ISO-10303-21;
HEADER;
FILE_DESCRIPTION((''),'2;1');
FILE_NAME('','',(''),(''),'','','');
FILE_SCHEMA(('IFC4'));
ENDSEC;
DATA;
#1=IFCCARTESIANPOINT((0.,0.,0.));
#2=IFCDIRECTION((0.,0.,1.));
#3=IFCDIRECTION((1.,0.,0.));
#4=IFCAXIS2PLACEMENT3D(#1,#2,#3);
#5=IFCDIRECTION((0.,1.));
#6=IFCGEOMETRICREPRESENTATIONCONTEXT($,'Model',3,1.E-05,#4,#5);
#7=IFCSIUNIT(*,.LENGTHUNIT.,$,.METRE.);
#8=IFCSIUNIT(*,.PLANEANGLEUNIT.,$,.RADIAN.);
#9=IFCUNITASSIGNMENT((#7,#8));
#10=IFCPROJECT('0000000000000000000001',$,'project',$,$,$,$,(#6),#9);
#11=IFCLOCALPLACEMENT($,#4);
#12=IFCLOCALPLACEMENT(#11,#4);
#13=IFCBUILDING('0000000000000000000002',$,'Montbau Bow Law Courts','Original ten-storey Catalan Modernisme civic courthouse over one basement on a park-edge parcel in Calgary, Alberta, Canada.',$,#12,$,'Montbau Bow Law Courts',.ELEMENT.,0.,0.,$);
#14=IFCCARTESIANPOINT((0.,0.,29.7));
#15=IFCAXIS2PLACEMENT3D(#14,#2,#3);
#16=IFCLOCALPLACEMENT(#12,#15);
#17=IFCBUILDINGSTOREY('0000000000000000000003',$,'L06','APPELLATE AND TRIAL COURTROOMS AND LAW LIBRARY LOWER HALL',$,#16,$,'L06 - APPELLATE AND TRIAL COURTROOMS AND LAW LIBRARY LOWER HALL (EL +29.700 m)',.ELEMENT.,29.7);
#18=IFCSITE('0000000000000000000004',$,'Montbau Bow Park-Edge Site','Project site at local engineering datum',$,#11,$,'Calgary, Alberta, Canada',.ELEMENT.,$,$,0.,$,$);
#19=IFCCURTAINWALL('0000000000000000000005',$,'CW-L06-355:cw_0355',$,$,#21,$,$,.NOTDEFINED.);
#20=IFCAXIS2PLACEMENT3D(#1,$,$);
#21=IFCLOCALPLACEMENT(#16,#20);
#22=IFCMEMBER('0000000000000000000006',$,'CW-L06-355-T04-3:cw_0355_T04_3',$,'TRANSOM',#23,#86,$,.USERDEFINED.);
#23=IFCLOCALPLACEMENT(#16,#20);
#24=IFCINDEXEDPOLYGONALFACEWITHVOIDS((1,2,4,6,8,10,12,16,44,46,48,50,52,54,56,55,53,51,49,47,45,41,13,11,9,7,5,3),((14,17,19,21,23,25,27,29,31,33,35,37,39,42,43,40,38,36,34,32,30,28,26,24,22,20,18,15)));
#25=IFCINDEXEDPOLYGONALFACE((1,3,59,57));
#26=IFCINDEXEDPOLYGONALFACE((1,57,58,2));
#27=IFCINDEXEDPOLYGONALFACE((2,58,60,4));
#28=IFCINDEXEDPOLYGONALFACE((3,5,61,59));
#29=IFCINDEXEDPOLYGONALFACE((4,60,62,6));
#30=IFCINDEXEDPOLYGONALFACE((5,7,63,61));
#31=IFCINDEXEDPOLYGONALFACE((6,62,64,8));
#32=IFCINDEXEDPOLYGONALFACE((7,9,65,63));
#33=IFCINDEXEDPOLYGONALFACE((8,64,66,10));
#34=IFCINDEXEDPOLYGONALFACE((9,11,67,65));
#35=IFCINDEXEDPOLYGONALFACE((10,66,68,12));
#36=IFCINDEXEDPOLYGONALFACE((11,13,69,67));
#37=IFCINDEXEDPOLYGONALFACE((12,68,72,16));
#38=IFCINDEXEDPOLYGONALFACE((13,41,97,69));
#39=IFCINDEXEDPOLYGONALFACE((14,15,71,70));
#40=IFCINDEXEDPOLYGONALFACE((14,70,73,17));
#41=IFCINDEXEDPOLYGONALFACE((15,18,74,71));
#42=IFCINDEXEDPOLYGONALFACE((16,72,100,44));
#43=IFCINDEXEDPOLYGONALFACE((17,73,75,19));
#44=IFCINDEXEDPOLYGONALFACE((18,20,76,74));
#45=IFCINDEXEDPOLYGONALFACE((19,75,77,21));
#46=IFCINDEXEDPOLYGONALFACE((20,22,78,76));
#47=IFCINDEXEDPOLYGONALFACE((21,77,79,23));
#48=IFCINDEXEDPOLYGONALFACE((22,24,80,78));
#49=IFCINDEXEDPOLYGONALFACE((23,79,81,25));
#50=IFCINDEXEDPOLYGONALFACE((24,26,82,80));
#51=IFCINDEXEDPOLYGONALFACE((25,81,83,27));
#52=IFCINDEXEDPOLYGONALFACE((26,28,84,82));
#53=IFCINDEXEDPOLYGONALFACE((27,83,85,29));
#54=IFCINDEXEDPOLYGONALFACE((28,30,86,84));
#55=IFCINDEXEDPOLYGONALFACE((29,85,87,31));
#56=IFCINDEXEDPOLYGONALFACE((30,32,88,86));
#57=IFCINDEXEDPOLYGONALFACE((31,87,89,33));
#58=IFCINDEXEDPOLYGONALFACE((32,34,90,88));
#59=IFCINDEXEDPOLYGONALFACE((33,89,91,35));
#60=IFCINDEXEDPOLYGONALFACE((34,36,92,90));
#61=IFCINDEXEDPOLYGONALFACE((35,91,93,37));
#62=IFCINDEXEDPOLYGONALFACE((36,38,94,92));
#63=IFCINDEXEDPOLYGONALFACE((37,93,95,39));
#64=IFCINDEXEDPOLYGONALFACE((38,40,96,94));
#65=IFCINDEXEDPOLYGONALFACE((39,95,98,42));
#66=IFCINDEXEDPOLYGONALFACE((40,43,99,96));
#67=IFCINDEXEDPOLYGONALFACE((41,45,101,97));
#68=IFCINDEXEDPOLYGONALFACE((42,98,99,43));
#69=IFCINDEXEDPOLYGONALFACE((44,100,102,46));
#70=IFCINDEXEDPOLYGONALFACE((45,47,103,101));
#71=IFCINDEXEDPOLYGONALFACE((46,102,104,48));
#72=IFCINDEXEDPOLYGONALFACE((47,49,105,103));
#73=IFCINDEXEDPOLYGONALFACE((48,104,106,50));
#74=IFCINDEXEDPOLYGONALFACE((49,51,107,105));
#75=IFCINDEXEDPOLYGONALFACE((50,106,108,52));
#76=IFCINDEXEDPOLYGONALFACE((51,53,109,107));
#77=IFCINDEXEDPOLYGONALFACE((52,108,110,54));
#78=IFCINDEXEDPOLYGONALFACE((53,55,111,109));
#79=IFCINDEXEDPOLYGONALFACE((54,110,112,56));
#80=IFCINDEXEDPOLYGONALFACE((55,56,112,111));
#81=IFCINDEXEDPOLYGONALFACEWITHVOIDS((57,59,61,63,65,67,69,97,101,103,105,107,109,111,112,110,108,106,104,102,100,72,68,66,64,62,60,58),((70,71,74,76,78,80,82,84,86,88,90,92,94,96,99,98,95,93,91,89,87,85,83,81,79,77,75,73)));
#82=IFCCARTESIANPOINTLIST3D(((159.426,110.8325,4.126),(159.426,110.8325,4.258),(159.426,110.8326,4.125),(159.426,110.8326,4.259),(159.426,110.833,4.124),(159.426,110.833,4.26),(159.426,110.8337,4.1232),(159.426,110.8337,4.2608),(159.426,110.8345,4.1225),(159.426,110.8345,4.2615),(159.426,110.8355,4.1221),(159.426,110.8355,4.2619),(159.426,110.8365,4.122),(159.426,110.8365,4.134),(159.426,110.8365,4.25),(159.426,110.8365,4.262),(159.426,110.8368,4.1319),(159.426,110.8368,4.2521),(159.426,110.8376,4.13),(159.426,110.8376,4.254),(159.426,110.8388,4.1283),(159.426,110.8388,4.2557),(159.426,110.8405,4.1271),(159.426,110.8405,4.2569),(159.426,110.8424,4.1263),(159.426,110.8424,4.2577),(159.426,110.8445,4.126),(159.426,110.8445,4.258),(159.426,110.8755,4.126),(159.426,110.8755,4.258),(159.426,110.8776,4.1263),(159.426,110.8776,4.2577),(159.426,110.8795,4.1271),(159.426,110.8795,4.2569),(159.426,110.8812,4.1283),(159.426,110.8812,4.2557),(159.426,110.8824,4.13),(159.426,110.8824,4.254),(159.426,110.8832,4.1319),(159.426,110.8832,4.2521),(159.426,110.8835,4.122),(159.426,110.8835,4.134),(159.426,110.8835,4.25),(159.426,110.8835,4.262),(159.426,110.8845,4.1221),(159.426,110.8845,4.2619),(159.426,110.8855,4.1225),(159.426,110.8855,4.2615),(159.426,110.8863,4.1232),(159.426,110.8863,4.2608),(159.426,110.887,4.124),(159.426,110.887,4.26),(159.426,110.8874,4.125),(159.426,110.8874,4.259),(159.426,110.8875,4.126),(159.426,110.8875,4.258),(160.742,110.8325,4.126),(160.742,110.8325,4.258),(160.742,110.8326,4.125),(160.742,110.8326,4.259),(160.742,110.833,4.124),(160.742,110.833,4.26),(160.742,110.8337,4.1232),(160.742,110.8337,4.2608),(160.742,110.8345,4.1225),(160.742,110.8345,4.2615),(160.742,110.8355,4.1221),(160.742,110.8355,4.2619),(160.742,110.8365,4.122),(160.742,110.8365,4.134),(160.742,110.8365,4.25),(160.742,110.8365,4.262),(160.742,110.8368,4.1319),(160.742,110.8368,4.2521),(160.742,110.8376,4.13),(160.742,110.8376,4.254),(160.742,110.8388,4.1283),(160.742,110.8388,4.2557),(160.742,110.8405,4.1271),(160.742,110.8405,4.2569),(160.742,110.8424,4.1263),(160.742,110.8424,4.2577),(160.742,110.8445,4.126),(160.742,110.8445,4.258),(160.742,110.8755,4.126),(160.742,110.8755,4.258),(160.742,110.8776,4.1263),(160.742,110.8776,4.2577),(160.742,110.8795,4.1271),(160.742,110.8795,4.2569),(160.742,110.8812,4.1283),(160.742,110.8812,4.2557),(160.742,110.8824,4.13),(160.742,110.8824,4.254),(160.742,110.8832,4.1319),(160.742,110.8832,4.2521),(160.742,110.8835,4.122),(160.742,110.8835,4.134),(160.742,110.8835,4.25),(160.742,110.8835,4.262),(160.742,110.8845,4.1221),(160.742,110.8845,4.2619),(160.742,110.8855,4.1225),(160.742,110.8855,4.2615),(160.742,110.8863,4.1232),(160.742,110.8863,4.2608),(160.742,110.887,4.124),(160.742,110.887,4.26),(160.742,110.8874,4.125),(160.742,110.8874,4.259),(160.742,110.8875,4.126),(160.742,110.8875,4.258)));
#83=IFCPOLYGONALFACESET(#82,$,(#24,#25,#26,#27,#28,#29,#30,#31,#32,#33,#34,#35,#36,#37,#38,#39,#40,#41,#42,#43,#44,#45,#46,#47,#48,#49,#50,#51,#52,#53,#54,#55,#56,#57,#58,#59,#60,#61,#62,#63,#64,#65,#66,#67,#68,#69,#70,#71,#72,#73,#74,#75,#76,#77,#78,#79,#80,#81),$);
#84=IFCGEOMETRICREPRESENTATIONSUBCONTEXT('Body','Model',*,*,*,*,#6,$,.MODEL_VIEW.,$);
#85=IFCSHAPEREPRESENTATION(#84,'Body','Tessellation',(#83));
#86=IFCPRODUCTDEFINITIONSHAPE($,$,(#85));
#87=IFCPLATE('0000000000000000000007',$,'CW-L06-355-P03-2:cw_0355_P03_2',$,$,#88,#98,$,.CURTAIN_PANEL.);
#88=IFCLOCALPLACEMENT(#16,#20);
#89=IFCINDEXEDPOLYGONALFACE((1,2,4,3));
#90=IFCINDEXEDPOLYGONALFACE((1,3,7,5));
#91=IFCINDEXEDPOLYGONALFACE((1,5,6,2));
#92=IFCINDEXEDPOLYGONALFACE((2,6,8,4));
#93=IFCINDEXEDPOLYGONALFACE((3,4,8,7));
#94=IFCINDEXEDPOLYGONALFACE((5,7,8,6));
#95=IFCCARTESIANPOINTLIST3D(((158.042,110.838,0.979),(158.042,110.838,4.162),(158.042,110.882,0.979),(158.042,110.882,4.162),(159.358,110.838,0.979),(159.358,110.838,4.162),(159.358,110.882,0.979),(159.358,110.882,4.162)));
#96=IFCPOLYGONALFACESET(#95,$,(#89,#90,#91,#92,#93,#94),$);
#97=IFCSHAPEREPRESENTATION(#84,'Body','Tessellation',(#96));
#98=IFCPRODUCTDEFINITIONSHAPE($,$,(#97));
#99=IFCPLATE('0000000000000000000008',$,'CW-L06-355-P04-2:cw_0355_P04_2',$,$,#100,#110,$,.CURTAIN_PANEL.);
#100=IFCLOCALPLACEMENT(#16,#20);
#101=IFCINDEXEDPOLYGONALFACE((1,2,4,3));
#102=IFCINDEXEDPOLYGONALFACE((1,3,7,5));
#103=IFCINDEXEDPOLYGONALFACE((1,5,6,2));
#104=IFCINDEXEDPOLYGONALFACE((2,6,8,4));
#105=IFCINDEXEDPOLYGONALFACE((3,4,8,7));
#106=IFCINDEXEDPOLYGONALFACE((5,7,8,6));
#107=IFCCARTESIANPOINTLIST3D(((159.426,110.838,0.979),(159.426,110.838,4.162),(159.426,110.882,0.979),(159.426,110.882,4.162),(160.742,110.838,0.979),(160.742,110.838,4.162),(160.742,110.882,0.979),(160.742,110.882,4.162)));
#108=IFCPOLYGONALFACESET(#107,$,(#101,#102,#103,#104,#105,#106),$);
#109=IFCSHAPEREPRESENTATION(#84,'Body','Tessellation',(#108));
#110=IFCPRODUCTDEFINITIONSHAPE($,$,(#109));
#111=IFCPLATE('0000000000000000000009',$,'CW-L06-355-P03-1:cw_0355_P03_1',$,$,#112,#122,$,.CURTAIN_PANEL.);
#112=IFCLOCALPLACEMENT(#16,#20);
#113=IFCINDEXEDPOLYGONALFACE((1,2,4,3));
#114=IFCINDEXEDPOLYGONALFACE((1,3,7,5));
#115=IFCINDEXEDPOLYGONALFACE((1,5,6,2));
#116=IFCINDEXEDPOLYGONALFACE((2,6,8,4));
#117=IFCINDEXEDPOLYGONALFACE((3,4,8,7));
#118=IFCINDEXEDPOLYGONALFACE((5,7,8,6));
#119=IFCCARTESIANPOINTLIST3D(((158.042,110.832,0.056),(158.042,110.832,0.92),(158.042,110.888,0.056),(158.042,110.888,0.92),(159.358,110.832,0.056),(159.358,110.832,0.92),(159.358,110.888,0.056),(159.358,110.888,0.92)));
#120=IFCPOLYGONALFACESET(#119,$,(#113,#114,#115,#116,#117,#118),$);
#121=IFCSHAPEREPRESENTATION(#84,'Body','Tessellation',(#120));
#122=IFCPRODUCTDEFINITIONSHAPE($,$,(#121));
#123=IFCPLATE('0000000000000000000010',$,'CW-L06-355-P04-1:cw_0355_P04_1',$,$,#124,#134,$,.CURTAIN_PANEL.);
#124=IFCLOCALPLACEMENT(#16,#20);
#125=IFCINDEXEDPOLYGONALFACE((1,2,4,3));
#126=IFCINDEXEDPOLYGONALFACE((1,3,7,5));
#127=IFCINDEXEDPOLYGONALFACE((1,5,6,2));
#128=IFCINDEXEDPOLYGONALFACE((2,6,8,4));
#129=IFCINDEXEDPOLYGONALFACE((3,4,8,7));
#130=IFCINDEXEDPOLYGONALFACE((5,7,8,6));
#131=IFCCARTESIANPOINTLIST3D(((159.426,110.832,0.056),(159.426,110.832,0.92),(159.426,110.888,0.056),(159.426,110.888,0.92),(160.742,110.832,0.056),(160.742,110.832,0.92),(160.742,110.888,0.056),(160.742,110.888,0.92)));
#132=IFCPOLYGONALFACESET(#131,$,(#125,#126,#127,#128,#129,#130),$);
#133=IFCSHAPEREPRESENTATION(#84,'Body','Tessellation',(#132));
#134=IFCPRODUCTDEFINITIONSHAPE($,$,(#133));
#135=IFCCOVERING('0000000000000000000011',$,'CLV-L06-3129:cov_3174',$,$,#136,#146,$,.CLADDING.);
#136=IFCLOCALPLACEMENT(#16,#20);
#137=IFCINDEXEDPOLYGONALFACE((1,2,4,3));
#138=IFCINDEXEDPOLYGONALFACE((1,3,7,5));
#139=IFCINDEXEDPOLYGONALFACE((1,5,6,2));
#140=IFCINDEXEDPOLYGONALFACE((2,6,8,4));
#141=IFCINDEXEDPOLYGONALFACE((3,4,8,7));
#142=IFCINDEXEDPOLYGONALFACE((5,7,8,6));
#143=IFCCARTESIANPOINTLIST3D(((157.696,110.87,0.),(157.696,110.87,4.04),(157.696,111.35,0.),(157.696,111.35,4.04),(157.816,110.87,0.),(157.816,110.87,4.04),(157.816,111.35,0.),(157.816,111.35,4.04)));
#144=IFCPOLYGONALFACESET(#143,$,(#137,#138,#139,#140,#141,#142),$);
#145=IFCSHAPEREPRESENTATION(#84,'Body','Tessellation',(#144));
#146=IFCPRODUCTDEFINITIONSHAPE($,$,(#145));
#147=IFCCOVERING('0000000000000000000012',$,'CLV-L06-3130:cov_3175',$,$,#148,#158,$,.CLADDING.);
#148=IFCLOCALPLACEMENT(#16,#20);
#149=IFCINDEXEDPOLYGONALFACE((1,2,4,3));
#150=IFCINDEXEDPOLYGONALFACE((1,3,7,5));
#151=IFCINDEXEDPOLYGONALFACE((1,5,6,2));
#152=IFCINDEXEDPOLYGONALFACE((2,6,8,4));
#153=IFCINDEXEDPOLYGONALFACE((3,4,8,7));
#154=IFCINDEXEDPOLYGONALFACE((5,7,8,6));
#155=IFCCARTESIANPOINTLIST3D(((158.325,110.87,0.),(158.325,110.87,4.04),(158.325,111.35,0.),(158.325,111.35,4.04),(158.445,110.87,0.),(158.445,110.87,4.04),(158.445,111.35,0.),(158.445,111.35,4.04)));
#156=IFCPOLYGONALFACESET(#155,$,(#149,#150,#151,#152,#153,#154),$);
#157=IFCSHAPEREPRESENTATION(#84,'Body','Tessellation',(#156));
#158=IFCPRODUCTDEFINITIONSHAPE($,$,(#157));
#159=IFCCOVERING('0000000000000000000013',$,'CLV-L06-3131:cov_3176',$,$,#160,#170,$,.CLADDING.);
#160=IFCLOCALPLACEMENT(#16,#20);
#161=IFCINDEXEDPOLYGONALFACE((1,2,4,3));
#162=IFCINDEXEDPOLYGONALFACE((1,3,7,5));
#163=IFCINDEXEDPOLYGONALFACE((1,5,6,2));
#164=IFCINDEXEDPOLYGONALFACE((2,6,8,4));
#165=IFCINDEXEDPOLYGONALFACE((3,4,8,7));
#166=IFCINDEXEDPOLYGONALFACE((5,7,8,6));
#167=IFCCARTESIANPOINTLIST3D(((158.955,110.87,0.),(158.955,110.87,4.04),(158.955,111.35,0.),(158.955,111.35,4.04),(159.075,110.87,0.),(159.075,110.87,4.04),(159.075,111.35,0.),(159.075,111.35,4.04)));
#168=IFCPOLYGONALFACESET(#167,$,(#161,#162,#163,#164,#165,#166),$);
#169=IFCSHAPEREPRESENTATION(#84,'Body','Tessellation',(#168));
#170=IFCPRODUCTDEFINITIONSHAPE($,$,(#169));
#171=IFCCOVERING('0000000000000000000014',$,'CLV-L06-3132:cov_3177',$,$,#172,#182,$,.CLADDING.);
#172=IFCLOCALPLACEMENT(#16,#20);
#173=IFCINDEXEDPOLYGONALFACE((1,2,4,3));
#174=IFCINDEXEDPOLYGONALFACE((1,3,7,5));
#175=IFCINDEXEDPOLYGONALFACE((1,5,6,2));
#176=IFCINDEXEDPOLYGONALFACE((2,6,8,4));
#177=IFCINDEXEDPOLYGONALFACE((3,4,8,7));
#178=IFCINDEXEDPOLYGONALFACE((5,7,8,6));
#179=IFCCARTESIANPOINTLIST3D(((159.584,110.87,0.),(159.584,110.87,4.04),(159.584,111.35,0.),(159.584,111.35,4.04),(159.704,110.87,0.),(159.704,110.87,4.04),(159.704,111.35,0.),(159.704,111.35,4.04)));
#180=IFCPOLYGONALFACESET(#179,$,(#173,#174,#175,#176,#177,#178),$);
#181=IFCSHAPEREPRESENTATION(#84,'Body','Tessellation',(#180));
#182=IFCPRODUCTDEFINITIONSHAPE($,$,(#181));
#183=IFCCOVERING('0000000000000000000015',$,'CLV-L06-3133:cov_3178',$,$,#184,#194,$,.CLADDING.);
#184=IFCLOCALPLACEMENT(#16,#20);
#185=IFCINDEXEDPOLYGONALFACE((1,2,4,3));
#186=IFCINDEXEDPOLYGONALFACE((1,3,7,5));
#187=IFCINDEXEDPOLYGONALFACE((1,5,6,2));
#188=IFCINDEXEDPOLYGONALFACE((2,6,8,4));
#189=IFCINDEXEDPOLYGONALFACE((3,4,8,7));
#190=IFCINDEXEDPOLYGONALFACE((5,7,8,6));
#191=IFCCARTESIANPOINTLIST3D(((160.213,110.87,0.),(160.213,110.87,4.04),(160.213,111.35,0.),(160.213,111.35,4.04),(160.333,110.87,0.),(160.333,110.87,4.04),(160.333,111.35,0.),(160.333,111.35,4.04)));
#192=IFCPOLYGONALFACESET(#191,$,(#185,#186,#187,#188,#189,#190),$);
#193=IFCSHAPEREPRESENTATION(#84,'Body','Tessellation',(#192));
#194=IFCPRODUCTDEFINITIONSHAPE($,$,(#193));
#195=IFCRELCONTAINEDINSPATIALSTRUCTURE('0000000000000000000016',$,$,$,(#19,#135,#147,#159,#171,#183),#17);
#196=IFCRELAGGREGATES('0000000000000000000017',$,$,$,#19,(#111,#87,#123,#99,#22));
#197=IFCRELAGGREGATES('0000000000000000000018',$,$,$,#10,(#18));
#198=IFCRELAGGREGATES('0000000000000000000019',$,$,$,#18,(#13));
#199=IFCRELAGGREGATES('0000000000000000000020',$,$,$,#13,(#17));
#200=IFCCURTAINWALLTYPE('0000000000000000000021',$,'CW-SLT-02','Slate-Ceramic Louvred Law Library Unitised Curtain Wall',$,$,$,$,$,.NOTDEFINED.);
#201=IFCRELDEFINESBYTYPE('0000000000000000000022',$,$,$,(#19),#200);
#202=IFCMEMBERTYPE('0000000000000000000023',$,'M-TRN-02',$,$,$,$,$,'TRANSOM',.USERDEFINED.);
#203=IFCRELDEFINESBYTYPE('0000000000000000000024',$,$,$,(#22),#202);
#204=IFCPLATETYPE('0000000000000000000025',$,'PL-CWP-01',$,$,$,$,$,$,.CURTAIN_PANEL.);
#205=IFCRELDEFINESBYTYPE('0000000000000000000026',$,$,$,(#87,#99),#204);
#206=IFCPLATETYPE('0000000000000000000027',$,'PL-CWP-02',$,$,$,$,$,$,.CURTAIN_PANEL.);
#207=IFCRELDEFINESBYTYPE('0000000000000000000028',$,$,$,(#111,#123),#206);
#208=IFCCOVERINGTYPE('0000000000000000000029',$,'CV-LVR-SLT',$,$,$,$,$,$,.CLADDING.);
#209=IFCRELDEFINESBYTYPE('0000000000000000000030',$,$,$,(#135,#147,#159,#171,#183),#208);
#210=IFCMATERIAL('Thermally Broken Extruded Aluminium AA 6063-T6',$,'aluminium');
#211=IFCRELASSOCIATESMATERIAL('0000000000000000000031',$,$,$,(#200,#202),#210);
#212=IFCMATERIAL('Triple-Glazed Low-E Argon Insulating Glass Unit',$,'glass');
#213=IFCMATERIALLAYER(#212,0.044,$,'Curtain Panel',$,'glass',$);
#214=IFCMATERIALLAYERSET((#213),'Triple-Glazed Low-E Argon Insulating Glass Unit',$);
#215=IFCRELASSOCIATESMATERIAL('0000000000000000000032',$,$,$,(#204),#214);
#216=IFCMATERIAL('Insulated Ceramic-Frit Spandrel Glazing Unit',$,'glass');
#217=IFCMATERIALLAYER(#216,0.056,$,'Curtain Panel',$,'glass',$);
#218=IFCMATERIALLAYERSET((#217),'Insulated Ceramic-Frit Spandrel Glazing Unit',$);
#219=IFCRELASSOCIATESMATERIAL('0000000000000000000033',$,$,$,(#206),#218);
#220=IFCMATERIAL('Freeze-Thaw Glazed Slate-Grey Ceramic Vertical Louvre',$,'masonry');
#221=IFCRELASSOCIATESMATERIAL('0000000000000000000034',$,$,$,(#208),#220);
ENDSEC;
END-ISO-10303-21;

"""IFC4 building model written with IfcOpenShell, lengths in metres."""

from ifc_helpers import new_model, si_unit, direction, frame, frame_2d, origin_with_axes, origin_2d_with_axis, place, context, subcontext, project, spatial, rectangle, hollow_rectangle, extrude, material, layer, layer_set, material_profile, profile_set, type_object, element, aggregate, save


model = new_model("IFC4")

# Units and contexts
model_context = context("Model", 3, precision=1e-05, world=origin_with_axes(), true_north=direction((0.0, 1.0)))
body_context = subcontext(model_context, "Body", "Model", "MODEL_VIEW")
ifc_project = project(units=[si_unit("LENGTHUNIT", "METRE"), si_unit("PLANEANGLEUNIT", "RADIAN")], contexts=[model_context])

# Site, building, storey
site_placement = place(None, origin_with_axes())
site = spatial("IfcSite", under=ifc_project, at=site_placement, Name="Montbau Bow Park-Edge Site", Description="Project site at local engineering datum", LongName="Calgary, Alberta, Canada", CompositionType="ELEMENT", RefElevation=0.0)
building_placement = place(site_placement, origin_with_axes())
building = spatial("IfcBuilding", under=site, at=building_placement, Name="Montbau Bow Law Courts", Description="Original ten-storey Catalan Modernisme civic courthouse over one basement on a park-edge parcel in Calgary, Alberta, Canada.", LongName="Montbau Bow Law Courts", CompositionType="ELEMENT", ElevationOfRefHeight=0.0, ElevationOfTerrain=0.0)
storey_placement = place(building_placement, frame((0.0, 0.0, 29.7), z_axis=(0.0, 0.0, 1.0), x_axis=(1.0, 0.0, 0.0)))
storey = spatial("IfcBuildingStorey", under=building, at=storey_placement, Name="L06", Description="APPELLATE AND TRIAL COURTROOMS AND LAW LIBRARY LOWER HALL", LongName="L06 - APPELLATE AND TRIAL COURTROOMS AND LAW LIBRARY LOWER HALL (EL +29.700 m)", CompositionType="ELEMENT", Elevation=29.7)

# Curtain wall, member, plates
ifc_material_1 = material(Name="Thermally Broken Extruded Aluminium AA 6063-T6", Category="aluminium")
curtain_wall_type = type_object("IfcCurtainWallType", Name="CW-SLT-02", Description="Slate-Ceramic Louvred Law Library Unitised Curtain Wall", PredefinedType="NOTDEFINED", material=ifc_material_1)
curtain_wall_placement = place(None, frame((155.24, 110.86, 29.7), z_axis=(0.0, 0.0, 1.0), x_axis=(1.0, 0.0, 0.0)))
curtain_wall = element("IfcCurtainWall", 1, at=curtain_wall_placement, inside=storey, type_object=curtain_wall_type, Name="CW-L06-355:cw_0355", PredefinedType="NOTDEFINED")
ifc_material_profile_1 = material_profile(ifc_material_1, hollow_rectangle(XDim=0.055, YDim=0.14, WallThickness=0.004, InnerFilletRadius=0.008, OuterFilletRadius=0.004, at=origin_2d_with_axis()), Name="CWT-140X55", Category="Main", Priority=0)
ifc_profile_set_1 = profile_set([ifc_material_profile_1], Name="Thermally Broken Extruded Aluminium AA 6063-T6")
member_type_1 = type_object("IfcMemberType", Name="M-TRN-02", ElementType="TRANSOM", PredefinedType="USERDEFINED", material=ifc_profile_set_1)
member_1_placement = place(None, frame((159.426, 110.86, 33.892), z_axis=(1.0, 0.0, 0.0), x_axis=(0.0, 1.0, 0.0)))
member_1 = element("IfcMember", 2, at=member_1_placement, type_object=member_type_1, Name="CW-L06-355-T04-3:cw_0355_T04_3", ObjectType="TRANSOM", PredefinedType="USERDEFINED", context=body_context, shape_type="SweptSolid", body=[
    extrude(hollow_rectangle(XDim=0.055, YDim=0.14, WallThickness=0.004, InnerFilletRadius=0.008, OuterFilletRadius=0.004, at=origin_2d_with_axis()), origin_with_axes(), (0.0, 0.0, 1.0), 1.316),
])
ifc_material_2 = material(Name="Triple-Glazed Low-E Argon Insulating Glass Unit", Category="glass")
ifc_layer_1 = layer(ifc_material_2, 0.044, Name="Curtain Panel", Category="glass")
ifc_layer_set_1 = layer_set([ifc_layer_1], Name="Triple-Glazed Low-E Argon Insulating Glass Unit")
plate_type_1 = type_object("IfcPlateType", Name="PL-CWP-01", PredefinedType="CURTAIN_PANEL", material=ifc_layer_set_1)
plate_1_placement = place(None, frame((158.042, 110.86, 30.679), z_axis=(0.0, -1.0, 0.0), x_axis=(1.0, 0.0, 0.0)))
plate_1 = element("IfcPlate", 3, at=plate_1_placement, type_object=plate_type_1, Name="CW-L06-355-P03-2:cw_0355_P03_2", PredefinedType="CURTAIN_PANEL", context=body_context, shape_type="SweptSolid", body=[
    extrude(rectangle(XDim=1.316, YDim=3.183, at=frame_2d((0.658, 1.5915), x_axis=(1.0, 0.0))), frame((0.0, 0.0, -0.022), z_axis=(0.0, 0.0, 1.0), x_axis=(1.0, 0.0, 0.0)), (0.0, 0.0, 1.0), 0.044),
])
plate_2_placement = place(None, frame((159.426, 110.86, 30.679), z_axis=(0.0, -1.0, 0.0), x_axis=(1.0, 0.0, 0.0)))
plate_2 = element("IfcPlate", 4, at=plate_2_placement, type_object=plate_type_1, Name="CW-L06-355-P04-2:cw_0355_P04_2", PredefinedType="CURTAIN_PANEL", context=body_context, shape_type="SweptSolid", body=[
    extrude(rectangle(XDim=1.316, YDim=3.183, at=frame_2d((0.658, 1.5915), x_axis=(1.0, 0.0))), frame((0.0, 0.0, -0.022), z_axis=(0.0, 0.0, 1.0), x_axis=(1.0, 0.0, 0.0)), (0.0, 0.0, 1.0), 0.044),
])
ifc_material_3 = material(Name="Insulated Ceramic-Frit Spandrel Glazing Unit", Category="glass")
ifc_layer_2 = layer(ifc_material_3, 0.056, Name="Curtain Panel", Category="glass")
ifc_layer_set_2 = layer_set([ifc_layer_2], Name="Insulated Ceramic-Frit Spandrel Glazing Unit")
plate_type_2 = type_object("IfcPlateType", Name="PL-CWP-02", PredefinedType="CURTAIN_PANEL", material=ifc_layer_set_2)
plate_3_placement = place(None, frame((158.042, 110.86, 29.756), z_axis=(0.0, -1.0, 0.0), x_axis=(1.0, 0.0, 0.0)))
plate_3 = element("IfcPlate", 5, at=plate_3_placement, type_object=plate_type_2, Name="CW-L06-355-P03-1:cw_0355_P03_1", PredefinedType="CURTAIN_PANEL", context=body_context, shape_type="SweptSolid", body=[
    extrude(rectangle(XDim=1.316, YDim=0.864, at=frame_2d((0.658, 0.432), x_axis=(1.0, 0.0))), frame((0.0, 0.0, -0.028), z_axis=(0.0, 0.0, 1.0), x_axis=(1.0, 0.0, 0.0)), (0.0, 0.0, 1.0), 0.056),
])
plate_4_placement = place(None, frame((159.426, 110.86, 29.756), z_axis=(0.0, -1.0, 0.0), x_axis=(1.0, 0.0, 0.0)))
plate_4 = element("IfcPlate", 6, at=plate_4_placement, type_object=plate_type_2, Name="CW-L06-355-P04-1:cw_0355_P04_1", PredefinedType="CURTAIN_PANEL", context=body_context, shape_type="SweptSolid", body=[
    extrude(rectangle(XDim=1.316, YDim=0.864, at=frame_2d((0.658, 0.432), x_axis=(1.0, 0.0))), frame((0.0, 0.0, -0.028), z_axis=(0.0, 0.0, 1.0), x_axis=(1.0, 0.0, 0.0)), (0.0, 0.0, 1.0), 0.056),
])
aggregate(curtain_wall, [plate_3, plate_1, plate_4, plate_2, member_1])

# Coverings
ifc_material_4 = material(Name="Freeze-Thaw Glazed Slate-Grey Ceramic Vertical Louvre", Category="masonry")
covering_type = type_object("IfcCoveringType", Name="CV-LVR-SLT", PredefinedType="CLADDING", material=ifc_material_4)
for number, where, z_axis, x_axis, name in (
    (7, (157.756, 110.87, 29.7), (1.0, 0.0, 0.0), (0.0, 1.0, 0.0), "CLV-L06-3129:cov_3174"),
    (8, (158.385, 110.87, 29.7), (1.0, 0.0, 0.0), (0.0, 1.0, 0.0), "CLV-L06-3130:cov_3175"),
    (9, (159.015, 110.87, 29.7), (1.0, 0.0, 0.0), (0.0, 1.0, 0.0), "CLV-L06-3131:cov_3176"),
    (10, (159.644, 110.87, 29.7), (1.0, 0.0, 0.0), (0.0, 1.0, 0.0), "CLV-L06-3132:cov_3177"),
    (11, (160.273, 110.87, 29.7), (1.0, 0.0, 0.0), (0.0, 1.0, 0.0), "CLV-L06-3133:cov_3178"),
):
    element("IfcCovering", number, at=place(None, frame(where, z_axis=z_axis, x_axis=x_axis)), inside=storey, type_object=covering_type, Name=name, PredefinedType="CLADDING", context=body_context, shape_type="SweptSolid", body=[
        extrude(rectangle(XDim=0.48, YDim=4.04, at=frame_2d((0.24, 2.02), x_axis=(1.0, 0.0))), frame((0.0, 0.0, -0.06), z_axis=(0.0, 0.0, 1.0), x_axis=(1.0, 0.0, 0.0)), (0.0, 0.0, 1.0), 0.12),
    ])

save(model, "model.ifc")
